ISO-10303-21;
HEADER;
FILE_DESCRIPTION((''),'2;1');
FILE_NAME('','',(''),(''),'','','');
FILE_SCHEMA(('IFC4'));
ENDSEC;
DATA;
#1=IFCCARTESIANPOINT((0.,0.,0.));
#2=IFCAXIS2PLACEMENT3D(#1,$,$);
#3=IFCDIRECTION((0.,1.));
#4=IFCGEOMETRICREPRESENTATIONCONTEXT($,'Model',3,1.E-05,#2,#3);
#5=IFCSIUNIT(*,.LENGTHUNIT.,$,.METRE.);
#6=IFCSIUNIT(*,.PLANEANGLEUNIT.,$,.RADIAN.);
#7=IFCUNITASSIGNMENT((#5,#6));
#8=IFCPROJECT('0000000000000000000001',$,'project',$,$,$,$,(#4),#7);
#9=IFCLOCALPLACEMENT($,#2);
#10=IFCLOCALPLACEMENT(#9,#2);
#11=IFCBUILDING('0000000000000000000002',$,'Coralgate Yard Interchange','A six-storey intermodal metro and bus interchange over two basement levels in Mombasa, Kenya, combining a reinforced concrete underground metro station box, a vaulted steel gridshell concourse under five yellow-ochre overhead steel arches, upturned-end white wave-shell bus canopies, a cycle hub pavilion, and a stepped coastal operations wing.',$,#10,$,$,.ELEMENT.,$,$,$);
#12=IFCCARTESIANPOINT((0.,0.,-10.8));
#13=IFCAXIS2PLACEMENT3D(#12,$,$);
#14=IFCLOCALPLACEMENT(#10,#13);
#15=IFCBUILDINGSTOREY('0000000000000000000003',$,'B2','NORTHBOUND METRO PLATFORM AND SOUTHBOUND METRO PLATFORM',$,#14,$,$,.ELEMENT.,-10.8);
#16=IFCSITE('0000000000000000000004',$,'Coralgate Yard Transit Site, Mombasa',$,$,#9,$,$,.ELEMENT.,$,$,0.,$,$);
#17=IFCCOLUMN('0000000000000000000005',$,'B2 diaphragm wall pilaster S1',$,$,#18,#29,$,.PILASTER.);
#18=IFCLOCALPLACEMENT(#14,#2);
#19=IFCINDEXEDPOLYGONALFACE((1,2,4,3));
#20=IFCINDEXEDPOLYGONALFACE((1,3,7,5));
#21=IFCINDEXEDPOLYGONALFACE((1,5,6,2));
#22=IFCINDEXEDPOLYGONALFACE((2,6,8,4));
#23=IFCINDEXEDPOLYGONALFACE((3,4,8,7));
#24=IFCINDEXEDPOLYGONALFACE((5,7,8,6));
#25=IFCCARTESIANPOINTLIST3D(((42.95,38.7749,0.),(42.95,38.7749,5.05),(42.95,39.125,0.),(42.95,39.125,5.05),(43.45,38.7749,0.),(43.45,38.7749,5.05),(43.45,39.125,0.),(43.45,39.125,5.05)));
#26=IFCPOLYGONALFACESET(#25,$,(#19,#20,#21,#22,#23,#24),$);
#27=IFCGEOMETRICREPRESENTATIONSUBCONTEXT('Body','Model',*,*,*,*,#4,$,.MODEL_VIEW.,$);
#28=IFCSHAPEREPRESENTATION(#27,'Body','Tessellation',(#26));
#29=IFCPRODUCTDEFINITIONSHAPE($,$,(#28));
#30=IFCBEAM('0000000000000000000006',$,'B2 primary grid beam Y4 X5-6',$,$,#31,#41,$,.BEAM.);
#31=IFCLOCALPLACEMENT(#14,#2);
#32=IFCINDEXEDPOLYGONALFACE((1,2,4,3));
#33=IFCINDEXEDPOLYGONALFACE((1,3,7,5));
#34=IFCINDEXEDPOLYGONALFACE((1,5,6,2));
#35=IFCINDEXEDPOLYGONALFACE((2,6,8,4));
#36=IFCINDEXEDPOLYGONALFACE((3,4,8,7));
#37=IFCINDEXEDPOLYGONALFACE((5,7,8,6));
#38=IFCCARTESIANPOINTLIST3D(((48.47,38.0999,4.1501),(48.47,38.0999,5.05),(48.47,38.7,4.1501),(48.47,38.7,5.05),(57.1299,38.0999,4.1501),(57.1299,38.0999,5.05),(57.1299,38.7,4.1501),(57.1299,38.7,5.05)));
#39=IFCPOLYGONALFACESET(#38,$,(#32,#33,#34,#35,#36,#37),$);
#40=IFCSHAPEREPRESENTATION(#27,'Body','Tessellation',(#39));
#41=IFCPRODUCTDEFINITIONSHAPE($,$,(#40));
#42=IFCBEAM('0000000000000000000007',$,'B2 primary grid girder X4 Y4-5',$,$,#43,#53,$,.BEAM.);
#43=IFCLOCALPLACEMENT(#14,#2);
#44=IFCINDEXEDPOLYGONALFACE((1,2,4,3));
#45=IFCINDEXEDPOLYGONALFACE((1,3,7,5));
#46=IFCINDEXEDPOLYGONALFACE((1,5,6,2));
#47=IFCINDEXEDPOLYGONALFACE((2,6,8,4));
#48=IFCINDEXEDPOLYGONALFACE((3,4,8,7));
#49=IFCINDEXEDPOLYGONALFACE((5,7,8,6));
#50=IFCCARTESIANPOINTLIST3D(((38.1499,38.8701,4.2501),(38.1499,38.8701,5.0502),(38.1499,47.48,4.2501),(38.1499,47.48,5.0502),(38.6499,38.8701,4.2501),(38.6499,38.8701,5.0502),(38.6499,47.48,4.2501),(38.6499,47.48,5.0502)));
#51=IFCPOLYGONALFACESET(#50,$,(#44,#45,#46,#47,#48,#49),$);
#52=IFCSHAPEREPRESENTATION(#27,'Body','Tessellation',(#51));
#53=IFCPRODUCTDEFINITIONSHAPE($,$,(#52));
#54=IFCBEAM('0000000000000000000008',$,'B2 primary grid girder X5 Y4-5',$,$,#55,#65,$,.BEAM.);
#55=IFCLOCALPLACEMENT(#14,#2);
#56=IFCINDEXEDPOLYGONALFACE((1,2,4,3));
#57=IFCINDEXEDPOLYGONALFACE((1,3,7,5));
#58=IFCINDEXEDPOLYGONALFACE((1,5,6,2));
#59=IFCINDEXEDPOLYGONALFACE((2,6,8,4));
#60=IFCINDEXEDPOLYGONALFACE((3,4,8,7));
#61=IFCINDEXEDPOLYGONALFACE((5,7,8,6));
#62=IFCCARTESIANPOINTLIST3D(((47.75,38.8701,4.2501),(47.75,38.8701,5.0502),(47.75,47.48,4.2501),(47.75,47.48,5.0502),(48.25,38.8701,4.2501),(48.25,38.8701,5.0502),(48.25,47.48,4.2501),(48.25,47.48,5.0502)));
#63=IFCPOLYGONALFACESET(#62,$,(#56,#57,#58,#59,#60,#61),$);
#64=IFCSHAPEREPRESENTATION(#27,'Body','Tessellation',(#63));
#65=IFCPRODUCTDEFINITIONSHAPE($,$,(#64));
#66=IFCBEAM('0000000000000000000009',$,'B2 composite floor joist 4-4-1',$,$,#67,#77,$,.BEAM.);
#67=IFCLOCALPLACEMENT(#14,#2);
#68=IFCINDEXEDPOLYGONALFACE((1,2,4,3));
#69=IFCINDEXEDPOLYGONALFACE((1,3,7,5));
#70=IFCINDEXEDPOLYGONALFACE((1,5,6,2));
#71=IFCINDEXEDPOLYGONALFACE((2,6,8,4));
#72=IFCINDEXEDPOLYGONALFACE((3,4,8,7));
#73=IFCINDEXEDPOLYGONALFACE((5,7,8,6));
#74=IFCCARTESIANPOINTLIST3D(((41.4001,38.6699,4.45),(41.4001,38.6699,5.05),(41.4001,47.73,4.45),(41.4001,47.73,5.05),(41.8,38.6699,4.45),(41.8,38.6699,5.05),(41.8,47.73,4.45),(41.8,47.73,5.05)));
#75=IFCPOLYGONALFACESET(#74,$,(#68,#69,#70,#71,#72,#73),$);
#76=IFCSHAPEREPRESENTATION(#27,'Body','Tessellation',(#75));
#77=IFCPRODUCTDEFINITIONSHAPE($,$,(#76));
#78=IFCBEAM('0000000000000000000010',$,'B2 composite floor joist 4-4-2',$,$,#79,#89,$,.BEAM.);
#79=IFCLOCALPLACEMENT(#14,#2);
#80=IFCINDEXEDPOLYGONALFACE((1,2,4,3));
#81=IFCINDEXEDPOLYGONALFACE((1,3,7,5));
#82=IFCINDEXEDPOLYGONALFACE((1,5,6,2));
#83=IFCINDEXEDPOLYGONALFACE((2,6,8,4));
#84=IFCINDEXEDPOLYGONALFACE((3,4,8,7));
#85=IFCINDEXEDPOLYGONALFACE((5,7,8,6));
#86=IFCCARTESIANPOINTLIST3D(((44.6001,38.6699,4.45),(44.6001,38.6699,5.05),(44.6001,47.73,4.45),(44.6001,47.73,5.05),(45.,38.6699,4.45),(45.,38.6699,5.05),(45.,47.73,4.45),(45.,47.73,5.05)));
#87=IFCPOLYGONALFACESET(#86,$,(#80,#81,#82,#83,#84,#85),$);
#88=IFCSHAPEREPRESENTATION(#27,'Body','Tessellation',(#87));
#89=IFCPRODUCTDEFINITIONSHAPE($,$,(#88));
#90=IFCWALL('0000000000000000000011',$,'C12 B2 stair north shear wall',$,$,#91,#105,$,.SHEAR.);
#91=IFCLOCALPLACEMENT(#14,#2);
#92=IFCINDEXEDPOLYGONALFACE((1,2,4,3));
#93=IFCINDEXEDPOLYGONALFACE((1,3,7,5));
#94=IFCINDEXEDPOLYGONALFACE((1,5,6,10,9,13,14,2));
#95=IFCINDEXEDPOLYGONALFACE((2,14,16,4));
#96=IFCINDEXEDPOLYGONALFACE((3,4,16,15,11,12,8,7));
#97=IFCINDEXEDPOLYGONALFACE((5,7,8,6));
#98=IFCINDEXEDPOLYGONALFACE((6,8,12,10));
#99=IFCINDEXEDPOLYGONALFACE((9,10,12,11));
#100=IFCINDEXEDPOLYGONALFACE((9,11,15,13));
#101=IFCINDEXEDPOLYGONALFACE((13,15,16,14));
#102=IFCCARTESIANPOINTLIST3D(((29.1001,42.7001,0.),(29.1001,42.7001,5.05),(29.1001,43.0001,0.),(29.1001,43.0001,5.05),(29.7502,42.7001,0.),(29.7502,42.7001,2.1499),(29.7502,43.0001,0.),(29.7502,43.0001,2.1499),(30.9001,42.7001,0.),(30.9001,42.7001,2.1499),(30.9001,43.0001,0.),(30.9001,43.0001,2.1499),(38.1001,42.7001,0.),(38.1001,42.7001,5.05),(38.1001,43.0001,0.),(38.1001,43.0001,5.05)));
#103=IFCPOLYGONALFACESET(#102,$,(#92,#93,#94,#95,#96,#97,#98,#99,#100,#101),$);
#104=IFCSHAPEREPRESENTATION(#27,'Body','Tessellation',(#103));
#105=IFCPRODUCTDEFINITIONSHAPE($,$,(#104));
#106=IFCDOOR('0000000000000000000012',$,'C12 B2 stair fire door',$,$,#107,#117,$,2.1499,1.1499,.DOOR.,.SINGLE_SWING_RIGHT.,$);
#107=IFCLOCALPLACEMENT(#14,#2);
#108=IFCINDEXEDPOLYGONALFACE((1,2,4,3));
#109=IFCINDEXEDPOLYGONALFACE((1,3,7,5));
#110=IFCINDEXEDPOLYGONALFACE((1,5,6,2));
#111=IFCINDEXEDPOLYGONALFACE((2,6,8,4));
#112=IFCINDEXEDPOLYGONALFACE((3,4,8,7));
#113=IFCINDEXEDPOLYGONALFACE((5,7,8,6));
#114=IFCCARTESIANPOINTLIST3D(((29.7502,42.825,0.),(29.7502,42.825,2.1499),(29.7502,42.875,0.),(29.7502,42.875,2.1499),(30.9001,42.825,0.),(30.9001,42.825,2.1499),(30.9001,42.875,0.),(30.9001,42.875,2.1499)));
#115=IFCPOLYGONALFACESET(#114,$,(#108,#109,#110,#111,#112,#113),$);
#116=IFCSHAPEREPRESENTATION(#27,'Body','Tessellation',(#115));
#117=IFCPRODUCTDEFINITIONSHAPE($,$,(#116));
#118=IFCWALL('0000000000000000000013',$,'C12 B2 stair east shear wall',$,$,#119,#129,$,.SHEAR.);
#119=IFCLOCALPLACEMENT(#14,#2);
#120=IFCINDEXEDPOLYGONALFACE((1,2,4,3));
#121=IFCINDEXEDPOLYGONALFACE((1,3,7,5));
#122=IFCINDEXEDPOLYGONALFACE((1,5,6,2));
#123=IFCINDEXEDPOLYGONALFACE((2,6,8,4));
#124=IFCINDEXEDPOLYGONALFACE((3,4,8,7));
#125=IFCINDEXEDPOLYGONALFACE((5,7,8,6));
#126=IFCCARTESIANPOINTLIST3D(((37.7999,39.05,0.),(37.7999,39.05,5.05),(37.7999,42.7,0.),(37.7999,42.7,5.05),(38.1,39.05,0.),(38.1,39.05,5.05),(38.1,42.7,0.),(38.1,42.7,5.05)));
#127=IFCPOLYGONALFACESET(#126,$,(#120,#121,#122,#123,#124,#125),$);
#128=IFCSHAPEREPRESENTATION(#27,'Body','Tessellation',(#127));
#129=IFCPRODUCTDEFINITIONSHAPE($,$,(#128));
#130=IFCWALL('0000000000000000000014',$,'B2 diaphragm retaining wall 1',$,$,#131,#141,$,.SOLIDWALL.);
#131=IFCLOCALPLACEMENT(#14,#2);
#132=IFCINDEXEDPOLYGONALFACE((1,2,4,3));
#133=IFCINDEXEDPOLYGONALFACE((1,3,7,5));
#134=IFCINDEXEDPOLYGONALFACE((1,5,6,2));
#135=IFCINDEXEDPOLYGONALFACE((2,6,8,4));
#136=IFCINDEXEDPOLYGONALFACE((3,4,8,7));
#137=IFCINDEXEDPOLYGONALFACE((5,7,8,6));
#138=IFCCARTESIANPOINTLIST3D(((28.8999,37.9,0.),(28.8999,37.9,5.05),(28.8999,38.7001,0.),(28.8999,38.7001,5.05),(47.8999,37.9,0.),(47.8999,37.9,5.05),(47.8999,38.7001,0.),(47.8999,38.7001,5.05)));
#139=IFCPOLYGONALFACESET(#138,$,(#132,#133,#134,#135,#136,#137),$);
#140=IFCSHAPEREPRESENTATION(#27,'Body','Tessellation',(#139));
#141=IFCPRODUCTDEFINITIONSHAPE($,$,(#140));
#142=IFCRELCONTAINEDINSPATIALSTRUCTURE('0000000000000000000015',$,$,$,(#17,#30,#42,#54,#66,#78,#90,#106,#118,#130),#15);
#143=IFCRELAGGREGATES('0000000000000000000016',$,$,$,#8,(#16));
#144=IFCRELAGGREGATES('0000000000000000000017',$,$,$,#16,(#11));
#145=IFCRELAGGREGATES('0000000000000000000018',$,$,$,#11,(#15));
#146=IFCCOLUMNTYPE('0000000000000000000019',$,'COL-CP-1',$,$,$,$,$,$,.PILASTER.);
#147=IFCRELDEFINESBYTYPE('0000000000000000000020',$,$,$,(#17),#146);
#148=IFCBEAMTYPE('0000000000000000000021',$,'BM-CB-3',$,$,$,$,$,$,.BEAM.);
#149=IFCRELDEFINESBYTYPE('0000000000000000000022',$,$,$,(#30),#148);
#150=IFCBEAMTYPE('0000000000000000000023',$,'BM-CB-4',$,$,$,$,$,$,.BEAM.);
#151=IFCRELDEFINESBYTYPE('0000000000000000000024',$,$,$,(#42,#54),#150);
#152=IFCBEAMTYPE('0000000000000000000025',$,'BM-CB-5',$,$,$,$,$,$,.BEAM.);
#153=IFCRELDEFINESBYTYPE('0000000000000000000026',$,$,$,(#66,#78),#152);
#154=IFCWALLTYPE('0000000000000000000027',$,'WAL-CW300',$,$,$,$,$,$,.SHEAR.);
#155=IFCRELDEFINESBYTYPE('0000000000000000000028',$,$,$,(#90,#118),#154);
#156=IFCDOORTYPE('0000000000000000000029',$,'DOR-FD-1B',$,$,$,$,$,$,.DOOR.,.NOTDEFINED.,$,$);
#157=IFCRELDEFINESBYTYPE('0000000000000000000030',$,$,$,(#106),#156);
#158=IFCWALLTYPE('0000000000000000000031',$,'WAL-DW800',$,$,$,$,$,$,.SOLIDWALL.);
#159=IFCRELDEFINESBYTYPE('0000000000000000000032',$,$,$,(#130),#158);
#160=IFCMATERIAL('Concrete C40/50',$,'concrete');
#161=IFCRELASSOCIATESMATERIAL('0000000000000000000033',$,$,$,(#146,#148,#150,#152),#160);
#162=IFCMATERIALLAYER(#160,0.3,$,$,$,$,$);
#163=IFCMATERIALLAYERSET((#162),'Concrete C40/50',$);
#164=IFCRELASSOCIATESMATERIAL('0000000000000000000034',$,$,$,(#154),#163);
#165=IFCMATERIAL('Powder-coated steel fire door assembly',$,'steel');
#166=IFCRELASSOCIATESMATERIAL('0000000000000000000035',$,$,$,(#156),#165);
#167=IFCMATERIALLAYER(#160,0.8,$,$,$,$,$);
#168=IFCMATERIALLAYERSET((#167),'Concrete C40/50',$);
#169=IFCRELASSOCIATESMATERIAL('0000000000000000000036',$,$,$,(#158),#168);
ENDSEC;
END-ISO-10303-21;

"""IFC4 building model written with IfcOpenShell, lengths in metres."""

from ifc_helpers import new_model, si_unit, direction, frame, frame_2d, origin, origin_2d, place, context, subcontext, project, spatial, rectangle, extrude, material, layer, layer_set, material_profile, profile_set, type_object, element, fill, save


model = new_model("IFC4")

# Units and contexts
model_context = context("Model", 3, precision=1e-05, world=origin(), true_north=direction((0.0, 1.0)))
body_context = subcontext(model_context, "Body", "Model", "MODEL_VIEW")
ifc_project = project(units=[si_unit("LENGTHUNIT", "METRE"), si_unit("PLANEANGLEUNIT", "RADIAN")], contexts=[model_context])

# Site, building, storey
site_placement = place(None, origin())
site = spatial("IfcSite", under=ifc_project, at=site_placement, Name="Coralgate Yard Transit Site, Mombasa", CompositionType="ELEMENT", RefElevation=0.0)
building_placement = place(site_placement, origin())
building = spatial("IfcBuilding", under=site, at=building_placement, Name="Coralgate Yard Interchange", Description="A six-storey intermodal metro and bus interchange over two basement levels in Mombasa, Kenya, combining a reinforced concrete underground metro station box, a vaulted steel gridshell concourse under five yellow-ochre overhead steel arches, upturned-end white wave-shell bus canopies, a cycle hub pavilion, and a stepped coastal operations wing.", CompositionType="ELEMENT")
storey_placement = place(building_placement, frame((0.0, 0.0, -10.8)))
storey = spatial("IfcBuildingStorey", under=building, at=storey_placement, Name="B2", Description="NORTHBOUND METRO PLATFORM AND SOUTHBOUND METRO PLATFORM", CompositionType="ELEMENT", Elevation=-10.8)

# Shared definitions
ifc_material_1 = material(Name="Concrete C40/50", Category="concrete")

# Column
ifc_material_profile_1 = material_profile(ifc_material_1, rectangle(XDim=0.5, YDim=0.3501, at=origin_2d()), Name="RC 500x350")
ifc_profile_set_1 = profile_set([ifc_material_profile_1], Name="Concrete C40/50")
column_type_1 = type_object("IfcColumnType", Name="COL-CP-1", PredefinedType="PILASTER", material=ifc_profile_set_1)
column_placement = place(storey_placement, frame((43.2, 38.95, 0.0), z_axis=(0.0, 0.0, 1.0), x_axis=(1.0, 0.0, 0.0)))
element("IfcColumn", 1, at=column_placement, inside=storey, type_object=column_type_1, Name="B2 diaphragm wall pilaster S1", PredefinedType="PILASTER", context=body_context, shape_type="SweptSolid", body=[
    extrude(rectangle(XDim=0.5, YDim=0.3501, at=origin_2d()), origin(), (0.0, 0.0, 1.0), 5.05),
])

# Beams
ifc_material_profile_2 = material_profile(ifc_material_1, rectangle(XDim=0.6001, YDim=0.8999, at=origin_2d()), Name="RC 600x900")
ifc_profile_set_2 = profile_set([ifc_material_profile_2], Name="Concrete C40/50")
beam_type_1 = type_object("IfcBeamType", Name="BM-CB-3", PredefinedType="BEAM", material=ifc_profile_set_2)
beam_placement = place(storey_placement, frame((48.47, 38.3999, 4.6001), z_axis=(1.0, 0.0, 0.0), x_axis=(0.0, 1.0, 0.0)))
element("IfcBeam", 2, at=beam_placement, inside=storey, type_object=beam_type_1, Name="B2 primary grid beam Y4 X5-6", PredefinedType="BEAM", context=body_context, shape_type="SweptSolid", body=[
    extrude(rectangle(XDim=0.6001, YDim=0.8999, at=origin_2d()), origin(), (0.0, 0.0, 1.0), 8.6599),
])
ifc_material_profile_3 = material_profile(ifc_material_1, rectangle(XDim=0.5, YDim=0.8, at=origin_2d()), Name="RC 500x800")
ifc_profile_set_3 = profile_set([ifc_material_profile_3], Name="Concrete C40/50")
beam_type_2 = type_object("IfcBeamType", Name="BM-CB-4", PredefinedType="BEAM", material=ifc_profile_set_3)
for number, where, z_axis, x_axis, name in (
    (3, (38.3999, 38.8701, 4.6501), (0.0, 1.0, 0.0), (-1.0, 0.0, 0.0), "B2 primary grid girder X4 Y4-5"),
    (4, (48.0, 38.8701, 4.6501), (0.0, 1.0, 0.0), (-1.0, 0.0, 0.0), "B2 primary grid girder X5 Y4-5"),
):
    element("IfcBeam", number, at=place(storey_placement, frame(where, z_axis=z_axis, x_axis=x_axis)), inside=storey, type_object=beam_type_2, Name=name, PredefinedType="BEAM", context=body_context, shape_type="SweptSolid", body=[
        extrude(rectangle(XDim=0.5, YDim=0.8, at=origin_2d()), origin(), (0.0, 0.0, 1.0), 8.6099),
    ])
ifc_material_profile_4 = material_profile(ifc_material_1, rectangle(XDim=0.3999, YDim=0.6001, at=origin_2d()), Name="RC 400x600")
ifc_profile_set_4 = profile_set([ifc_material_profile_4], Name="Concrete C40/50")
beam_type_3 = type_object("IfcBeamType", Name="BM-CB-5", PredefinedType="BEAM", material=ifc_profile_set_4)
for number, where, z_axis, x_axis, name in (
    (5, (41.6001, 38.6699, 4.75), (0.0, 1.0, 0.0), (-1.0, 0.0, 0.0), "B2 composite floor joist 4-4-1"),
    (6, (44.8, 38.6699, 4.75), (0.0, 1.0, 0.0), (-1.0, 0.0, 0.0), "B2 composite floor joist 4-4-2"),
):
    element("IfcBeam", number, at=place(storey_placement, frame(where, z_axis=z_axis, x_axis=x_axis)), inside=storey, type_object=beam_type_3, Name=name, PredefinedType="BEAM", context=body_context, shape_type="SweptSolid", body=[
        extrude(rectangle(XDim=0.3999, YDim=0.6001, at=origin_2d()), origin(), (0.0, 0.0, 1.0), 9.0601),
    ])

# Wall, opening, door
ifc_layer_1 = layer(ifc_material_1, 0.3)
ifc_layer_set_1 = layer_set([ifc_layer_1], Name="Concrete C40/50")
wall_type_1 = type_object("IfcWallType", Name="WAL-CW300", PredefinedType="SHEAR", material=ifc_layer_set_1)
wall_1_placement = place(storey_placement, frame((38.1001, 42.8501, 0.0), z_axis=(0.0, 0.0, 1.0), x_axis=(-1.0, 0.0, 0.0)))
wall_1 = element("IfcWall", 7, at=wall_1_placement, inside=storey, type_object=wall_type_1, Name="C12 B2 stair north shear wall", PredefinedType="SHEAR", context=body_context, shape_type="SweptSolid", body=[
    extrude(rectangle(XDim=9.0, YDim=0.3, at=frame_2d((4.5, 0.0))), origin(), (0.0, 0.0, 1.0), 5.05),
])
opening_placement = place(wall_1_placement, frame((7.2, 0.0, 0.0)))
opening = element("IfcOpeningElement", 8, at=opening_placement, cuts=wall_1, PredefinedType="OPENING", context=body_context, shape_type="SweptSolid", body=[
    extrude(rectangle(XDim=1.1499, YDim=2.1499, at=frame_2d((0.575, 1.075))), frame((0.0, 0.1599, 0.0), z_axis=(0.0, -1.0, 0.0), x_axis=(1.0, 0.0, 0.0)), (0.0, 0.0, 1.0), 0.3201),
])
ifc_material_2 = material(Name="Powder-coated steel fire door assembly", Category="steel")
door_type = type_object("IfcDoorType", Name="DOR-FD-1B", OperationType="NOTDEFINED", PredefinedType="DOOR", material=ifc_material_2)
door_placement = place(opening_placement, frame((1.1499, 0.0, 0.0), z_axis=(0.0, 0.0, 1.0), x_axis=(-1.0, 0.0, 0.0)))
door = element("IfcDoor", 9, at=door_placement, inside=storey, type_object=door_type, Name="C12 B2 stair fire door", OperationType="SINGLE_SWING_RIGHT", OverallHeight=2.1499, OverallWidth=1.1499, PredefinedType="DOOR", context=body_context, shape_type="SweptSolid", body=[
    extrude(rectangle(XDim=1.1499, YDim=2.1499, at=frame_2d((0.575, 1.075))), frame((0.0, 0.0249, 0.0), z_axis=(0.0, -1.0, 0.0), x_axis=(1.0, 0.0, 0.0)), (0.0, 0.0, 1.0), 0.05),
])
fill(opening, door)

# Walls
wall_2_placement = place(storey_placement, frame((37.95, 42.7, 0.0), z_axis=(0.0, 0.0, 1.0), x_axis=(0.0, -1.0, 0.0)))
element("IfcWall", 10, at=wall_2_placement, inside=storey, type_object=wall_type_1, Name="C12 B2 stair east shear wall", PredefinedType="SHEAR", context=body_context, shape_type="SweptSolid", body=[
    extrude(rectangle(XDim=3.6499, YDim=0.3, at=frame_2d((1.825, 0.0))), origin(), (0.0, 0.0, 1.0), 5.05),
])
ifc_layer_2 = layer(ifc_material_1, 0.8)
ifc_layer_set_2 = layer_set([ifc_layer_2], Name="Concrete C40/50")
wall_type_2 = type_object("IfcWallType", Name="WAL-DW800", PredefinedType="SOLIDWALL", material=ifc_layer_set_2)
wall_3_placement = place(storey_placement, frame((47.8999, 38.3, 0.0), z_axis=(0.0, 0.0, 1.0), x_axis=(-1.0, 0.0, 0.0)))
element("IfcWall", 11, at=wall_3_placement, inside=storey, type_object=wall_type_2, Name="B2 diaphragm retaining wall 1", PredefinedType="SOLIDWALL", context=body_context, shape_type="SweptSolid", body=[
    extrude(rectangle(XDim=19.0, YDim=0.8, at=frame_2d((9.5, 0.0))), origin(), (0.0, 0.0, 1.0), 5.05),
])

save(model, "model.ifc")
